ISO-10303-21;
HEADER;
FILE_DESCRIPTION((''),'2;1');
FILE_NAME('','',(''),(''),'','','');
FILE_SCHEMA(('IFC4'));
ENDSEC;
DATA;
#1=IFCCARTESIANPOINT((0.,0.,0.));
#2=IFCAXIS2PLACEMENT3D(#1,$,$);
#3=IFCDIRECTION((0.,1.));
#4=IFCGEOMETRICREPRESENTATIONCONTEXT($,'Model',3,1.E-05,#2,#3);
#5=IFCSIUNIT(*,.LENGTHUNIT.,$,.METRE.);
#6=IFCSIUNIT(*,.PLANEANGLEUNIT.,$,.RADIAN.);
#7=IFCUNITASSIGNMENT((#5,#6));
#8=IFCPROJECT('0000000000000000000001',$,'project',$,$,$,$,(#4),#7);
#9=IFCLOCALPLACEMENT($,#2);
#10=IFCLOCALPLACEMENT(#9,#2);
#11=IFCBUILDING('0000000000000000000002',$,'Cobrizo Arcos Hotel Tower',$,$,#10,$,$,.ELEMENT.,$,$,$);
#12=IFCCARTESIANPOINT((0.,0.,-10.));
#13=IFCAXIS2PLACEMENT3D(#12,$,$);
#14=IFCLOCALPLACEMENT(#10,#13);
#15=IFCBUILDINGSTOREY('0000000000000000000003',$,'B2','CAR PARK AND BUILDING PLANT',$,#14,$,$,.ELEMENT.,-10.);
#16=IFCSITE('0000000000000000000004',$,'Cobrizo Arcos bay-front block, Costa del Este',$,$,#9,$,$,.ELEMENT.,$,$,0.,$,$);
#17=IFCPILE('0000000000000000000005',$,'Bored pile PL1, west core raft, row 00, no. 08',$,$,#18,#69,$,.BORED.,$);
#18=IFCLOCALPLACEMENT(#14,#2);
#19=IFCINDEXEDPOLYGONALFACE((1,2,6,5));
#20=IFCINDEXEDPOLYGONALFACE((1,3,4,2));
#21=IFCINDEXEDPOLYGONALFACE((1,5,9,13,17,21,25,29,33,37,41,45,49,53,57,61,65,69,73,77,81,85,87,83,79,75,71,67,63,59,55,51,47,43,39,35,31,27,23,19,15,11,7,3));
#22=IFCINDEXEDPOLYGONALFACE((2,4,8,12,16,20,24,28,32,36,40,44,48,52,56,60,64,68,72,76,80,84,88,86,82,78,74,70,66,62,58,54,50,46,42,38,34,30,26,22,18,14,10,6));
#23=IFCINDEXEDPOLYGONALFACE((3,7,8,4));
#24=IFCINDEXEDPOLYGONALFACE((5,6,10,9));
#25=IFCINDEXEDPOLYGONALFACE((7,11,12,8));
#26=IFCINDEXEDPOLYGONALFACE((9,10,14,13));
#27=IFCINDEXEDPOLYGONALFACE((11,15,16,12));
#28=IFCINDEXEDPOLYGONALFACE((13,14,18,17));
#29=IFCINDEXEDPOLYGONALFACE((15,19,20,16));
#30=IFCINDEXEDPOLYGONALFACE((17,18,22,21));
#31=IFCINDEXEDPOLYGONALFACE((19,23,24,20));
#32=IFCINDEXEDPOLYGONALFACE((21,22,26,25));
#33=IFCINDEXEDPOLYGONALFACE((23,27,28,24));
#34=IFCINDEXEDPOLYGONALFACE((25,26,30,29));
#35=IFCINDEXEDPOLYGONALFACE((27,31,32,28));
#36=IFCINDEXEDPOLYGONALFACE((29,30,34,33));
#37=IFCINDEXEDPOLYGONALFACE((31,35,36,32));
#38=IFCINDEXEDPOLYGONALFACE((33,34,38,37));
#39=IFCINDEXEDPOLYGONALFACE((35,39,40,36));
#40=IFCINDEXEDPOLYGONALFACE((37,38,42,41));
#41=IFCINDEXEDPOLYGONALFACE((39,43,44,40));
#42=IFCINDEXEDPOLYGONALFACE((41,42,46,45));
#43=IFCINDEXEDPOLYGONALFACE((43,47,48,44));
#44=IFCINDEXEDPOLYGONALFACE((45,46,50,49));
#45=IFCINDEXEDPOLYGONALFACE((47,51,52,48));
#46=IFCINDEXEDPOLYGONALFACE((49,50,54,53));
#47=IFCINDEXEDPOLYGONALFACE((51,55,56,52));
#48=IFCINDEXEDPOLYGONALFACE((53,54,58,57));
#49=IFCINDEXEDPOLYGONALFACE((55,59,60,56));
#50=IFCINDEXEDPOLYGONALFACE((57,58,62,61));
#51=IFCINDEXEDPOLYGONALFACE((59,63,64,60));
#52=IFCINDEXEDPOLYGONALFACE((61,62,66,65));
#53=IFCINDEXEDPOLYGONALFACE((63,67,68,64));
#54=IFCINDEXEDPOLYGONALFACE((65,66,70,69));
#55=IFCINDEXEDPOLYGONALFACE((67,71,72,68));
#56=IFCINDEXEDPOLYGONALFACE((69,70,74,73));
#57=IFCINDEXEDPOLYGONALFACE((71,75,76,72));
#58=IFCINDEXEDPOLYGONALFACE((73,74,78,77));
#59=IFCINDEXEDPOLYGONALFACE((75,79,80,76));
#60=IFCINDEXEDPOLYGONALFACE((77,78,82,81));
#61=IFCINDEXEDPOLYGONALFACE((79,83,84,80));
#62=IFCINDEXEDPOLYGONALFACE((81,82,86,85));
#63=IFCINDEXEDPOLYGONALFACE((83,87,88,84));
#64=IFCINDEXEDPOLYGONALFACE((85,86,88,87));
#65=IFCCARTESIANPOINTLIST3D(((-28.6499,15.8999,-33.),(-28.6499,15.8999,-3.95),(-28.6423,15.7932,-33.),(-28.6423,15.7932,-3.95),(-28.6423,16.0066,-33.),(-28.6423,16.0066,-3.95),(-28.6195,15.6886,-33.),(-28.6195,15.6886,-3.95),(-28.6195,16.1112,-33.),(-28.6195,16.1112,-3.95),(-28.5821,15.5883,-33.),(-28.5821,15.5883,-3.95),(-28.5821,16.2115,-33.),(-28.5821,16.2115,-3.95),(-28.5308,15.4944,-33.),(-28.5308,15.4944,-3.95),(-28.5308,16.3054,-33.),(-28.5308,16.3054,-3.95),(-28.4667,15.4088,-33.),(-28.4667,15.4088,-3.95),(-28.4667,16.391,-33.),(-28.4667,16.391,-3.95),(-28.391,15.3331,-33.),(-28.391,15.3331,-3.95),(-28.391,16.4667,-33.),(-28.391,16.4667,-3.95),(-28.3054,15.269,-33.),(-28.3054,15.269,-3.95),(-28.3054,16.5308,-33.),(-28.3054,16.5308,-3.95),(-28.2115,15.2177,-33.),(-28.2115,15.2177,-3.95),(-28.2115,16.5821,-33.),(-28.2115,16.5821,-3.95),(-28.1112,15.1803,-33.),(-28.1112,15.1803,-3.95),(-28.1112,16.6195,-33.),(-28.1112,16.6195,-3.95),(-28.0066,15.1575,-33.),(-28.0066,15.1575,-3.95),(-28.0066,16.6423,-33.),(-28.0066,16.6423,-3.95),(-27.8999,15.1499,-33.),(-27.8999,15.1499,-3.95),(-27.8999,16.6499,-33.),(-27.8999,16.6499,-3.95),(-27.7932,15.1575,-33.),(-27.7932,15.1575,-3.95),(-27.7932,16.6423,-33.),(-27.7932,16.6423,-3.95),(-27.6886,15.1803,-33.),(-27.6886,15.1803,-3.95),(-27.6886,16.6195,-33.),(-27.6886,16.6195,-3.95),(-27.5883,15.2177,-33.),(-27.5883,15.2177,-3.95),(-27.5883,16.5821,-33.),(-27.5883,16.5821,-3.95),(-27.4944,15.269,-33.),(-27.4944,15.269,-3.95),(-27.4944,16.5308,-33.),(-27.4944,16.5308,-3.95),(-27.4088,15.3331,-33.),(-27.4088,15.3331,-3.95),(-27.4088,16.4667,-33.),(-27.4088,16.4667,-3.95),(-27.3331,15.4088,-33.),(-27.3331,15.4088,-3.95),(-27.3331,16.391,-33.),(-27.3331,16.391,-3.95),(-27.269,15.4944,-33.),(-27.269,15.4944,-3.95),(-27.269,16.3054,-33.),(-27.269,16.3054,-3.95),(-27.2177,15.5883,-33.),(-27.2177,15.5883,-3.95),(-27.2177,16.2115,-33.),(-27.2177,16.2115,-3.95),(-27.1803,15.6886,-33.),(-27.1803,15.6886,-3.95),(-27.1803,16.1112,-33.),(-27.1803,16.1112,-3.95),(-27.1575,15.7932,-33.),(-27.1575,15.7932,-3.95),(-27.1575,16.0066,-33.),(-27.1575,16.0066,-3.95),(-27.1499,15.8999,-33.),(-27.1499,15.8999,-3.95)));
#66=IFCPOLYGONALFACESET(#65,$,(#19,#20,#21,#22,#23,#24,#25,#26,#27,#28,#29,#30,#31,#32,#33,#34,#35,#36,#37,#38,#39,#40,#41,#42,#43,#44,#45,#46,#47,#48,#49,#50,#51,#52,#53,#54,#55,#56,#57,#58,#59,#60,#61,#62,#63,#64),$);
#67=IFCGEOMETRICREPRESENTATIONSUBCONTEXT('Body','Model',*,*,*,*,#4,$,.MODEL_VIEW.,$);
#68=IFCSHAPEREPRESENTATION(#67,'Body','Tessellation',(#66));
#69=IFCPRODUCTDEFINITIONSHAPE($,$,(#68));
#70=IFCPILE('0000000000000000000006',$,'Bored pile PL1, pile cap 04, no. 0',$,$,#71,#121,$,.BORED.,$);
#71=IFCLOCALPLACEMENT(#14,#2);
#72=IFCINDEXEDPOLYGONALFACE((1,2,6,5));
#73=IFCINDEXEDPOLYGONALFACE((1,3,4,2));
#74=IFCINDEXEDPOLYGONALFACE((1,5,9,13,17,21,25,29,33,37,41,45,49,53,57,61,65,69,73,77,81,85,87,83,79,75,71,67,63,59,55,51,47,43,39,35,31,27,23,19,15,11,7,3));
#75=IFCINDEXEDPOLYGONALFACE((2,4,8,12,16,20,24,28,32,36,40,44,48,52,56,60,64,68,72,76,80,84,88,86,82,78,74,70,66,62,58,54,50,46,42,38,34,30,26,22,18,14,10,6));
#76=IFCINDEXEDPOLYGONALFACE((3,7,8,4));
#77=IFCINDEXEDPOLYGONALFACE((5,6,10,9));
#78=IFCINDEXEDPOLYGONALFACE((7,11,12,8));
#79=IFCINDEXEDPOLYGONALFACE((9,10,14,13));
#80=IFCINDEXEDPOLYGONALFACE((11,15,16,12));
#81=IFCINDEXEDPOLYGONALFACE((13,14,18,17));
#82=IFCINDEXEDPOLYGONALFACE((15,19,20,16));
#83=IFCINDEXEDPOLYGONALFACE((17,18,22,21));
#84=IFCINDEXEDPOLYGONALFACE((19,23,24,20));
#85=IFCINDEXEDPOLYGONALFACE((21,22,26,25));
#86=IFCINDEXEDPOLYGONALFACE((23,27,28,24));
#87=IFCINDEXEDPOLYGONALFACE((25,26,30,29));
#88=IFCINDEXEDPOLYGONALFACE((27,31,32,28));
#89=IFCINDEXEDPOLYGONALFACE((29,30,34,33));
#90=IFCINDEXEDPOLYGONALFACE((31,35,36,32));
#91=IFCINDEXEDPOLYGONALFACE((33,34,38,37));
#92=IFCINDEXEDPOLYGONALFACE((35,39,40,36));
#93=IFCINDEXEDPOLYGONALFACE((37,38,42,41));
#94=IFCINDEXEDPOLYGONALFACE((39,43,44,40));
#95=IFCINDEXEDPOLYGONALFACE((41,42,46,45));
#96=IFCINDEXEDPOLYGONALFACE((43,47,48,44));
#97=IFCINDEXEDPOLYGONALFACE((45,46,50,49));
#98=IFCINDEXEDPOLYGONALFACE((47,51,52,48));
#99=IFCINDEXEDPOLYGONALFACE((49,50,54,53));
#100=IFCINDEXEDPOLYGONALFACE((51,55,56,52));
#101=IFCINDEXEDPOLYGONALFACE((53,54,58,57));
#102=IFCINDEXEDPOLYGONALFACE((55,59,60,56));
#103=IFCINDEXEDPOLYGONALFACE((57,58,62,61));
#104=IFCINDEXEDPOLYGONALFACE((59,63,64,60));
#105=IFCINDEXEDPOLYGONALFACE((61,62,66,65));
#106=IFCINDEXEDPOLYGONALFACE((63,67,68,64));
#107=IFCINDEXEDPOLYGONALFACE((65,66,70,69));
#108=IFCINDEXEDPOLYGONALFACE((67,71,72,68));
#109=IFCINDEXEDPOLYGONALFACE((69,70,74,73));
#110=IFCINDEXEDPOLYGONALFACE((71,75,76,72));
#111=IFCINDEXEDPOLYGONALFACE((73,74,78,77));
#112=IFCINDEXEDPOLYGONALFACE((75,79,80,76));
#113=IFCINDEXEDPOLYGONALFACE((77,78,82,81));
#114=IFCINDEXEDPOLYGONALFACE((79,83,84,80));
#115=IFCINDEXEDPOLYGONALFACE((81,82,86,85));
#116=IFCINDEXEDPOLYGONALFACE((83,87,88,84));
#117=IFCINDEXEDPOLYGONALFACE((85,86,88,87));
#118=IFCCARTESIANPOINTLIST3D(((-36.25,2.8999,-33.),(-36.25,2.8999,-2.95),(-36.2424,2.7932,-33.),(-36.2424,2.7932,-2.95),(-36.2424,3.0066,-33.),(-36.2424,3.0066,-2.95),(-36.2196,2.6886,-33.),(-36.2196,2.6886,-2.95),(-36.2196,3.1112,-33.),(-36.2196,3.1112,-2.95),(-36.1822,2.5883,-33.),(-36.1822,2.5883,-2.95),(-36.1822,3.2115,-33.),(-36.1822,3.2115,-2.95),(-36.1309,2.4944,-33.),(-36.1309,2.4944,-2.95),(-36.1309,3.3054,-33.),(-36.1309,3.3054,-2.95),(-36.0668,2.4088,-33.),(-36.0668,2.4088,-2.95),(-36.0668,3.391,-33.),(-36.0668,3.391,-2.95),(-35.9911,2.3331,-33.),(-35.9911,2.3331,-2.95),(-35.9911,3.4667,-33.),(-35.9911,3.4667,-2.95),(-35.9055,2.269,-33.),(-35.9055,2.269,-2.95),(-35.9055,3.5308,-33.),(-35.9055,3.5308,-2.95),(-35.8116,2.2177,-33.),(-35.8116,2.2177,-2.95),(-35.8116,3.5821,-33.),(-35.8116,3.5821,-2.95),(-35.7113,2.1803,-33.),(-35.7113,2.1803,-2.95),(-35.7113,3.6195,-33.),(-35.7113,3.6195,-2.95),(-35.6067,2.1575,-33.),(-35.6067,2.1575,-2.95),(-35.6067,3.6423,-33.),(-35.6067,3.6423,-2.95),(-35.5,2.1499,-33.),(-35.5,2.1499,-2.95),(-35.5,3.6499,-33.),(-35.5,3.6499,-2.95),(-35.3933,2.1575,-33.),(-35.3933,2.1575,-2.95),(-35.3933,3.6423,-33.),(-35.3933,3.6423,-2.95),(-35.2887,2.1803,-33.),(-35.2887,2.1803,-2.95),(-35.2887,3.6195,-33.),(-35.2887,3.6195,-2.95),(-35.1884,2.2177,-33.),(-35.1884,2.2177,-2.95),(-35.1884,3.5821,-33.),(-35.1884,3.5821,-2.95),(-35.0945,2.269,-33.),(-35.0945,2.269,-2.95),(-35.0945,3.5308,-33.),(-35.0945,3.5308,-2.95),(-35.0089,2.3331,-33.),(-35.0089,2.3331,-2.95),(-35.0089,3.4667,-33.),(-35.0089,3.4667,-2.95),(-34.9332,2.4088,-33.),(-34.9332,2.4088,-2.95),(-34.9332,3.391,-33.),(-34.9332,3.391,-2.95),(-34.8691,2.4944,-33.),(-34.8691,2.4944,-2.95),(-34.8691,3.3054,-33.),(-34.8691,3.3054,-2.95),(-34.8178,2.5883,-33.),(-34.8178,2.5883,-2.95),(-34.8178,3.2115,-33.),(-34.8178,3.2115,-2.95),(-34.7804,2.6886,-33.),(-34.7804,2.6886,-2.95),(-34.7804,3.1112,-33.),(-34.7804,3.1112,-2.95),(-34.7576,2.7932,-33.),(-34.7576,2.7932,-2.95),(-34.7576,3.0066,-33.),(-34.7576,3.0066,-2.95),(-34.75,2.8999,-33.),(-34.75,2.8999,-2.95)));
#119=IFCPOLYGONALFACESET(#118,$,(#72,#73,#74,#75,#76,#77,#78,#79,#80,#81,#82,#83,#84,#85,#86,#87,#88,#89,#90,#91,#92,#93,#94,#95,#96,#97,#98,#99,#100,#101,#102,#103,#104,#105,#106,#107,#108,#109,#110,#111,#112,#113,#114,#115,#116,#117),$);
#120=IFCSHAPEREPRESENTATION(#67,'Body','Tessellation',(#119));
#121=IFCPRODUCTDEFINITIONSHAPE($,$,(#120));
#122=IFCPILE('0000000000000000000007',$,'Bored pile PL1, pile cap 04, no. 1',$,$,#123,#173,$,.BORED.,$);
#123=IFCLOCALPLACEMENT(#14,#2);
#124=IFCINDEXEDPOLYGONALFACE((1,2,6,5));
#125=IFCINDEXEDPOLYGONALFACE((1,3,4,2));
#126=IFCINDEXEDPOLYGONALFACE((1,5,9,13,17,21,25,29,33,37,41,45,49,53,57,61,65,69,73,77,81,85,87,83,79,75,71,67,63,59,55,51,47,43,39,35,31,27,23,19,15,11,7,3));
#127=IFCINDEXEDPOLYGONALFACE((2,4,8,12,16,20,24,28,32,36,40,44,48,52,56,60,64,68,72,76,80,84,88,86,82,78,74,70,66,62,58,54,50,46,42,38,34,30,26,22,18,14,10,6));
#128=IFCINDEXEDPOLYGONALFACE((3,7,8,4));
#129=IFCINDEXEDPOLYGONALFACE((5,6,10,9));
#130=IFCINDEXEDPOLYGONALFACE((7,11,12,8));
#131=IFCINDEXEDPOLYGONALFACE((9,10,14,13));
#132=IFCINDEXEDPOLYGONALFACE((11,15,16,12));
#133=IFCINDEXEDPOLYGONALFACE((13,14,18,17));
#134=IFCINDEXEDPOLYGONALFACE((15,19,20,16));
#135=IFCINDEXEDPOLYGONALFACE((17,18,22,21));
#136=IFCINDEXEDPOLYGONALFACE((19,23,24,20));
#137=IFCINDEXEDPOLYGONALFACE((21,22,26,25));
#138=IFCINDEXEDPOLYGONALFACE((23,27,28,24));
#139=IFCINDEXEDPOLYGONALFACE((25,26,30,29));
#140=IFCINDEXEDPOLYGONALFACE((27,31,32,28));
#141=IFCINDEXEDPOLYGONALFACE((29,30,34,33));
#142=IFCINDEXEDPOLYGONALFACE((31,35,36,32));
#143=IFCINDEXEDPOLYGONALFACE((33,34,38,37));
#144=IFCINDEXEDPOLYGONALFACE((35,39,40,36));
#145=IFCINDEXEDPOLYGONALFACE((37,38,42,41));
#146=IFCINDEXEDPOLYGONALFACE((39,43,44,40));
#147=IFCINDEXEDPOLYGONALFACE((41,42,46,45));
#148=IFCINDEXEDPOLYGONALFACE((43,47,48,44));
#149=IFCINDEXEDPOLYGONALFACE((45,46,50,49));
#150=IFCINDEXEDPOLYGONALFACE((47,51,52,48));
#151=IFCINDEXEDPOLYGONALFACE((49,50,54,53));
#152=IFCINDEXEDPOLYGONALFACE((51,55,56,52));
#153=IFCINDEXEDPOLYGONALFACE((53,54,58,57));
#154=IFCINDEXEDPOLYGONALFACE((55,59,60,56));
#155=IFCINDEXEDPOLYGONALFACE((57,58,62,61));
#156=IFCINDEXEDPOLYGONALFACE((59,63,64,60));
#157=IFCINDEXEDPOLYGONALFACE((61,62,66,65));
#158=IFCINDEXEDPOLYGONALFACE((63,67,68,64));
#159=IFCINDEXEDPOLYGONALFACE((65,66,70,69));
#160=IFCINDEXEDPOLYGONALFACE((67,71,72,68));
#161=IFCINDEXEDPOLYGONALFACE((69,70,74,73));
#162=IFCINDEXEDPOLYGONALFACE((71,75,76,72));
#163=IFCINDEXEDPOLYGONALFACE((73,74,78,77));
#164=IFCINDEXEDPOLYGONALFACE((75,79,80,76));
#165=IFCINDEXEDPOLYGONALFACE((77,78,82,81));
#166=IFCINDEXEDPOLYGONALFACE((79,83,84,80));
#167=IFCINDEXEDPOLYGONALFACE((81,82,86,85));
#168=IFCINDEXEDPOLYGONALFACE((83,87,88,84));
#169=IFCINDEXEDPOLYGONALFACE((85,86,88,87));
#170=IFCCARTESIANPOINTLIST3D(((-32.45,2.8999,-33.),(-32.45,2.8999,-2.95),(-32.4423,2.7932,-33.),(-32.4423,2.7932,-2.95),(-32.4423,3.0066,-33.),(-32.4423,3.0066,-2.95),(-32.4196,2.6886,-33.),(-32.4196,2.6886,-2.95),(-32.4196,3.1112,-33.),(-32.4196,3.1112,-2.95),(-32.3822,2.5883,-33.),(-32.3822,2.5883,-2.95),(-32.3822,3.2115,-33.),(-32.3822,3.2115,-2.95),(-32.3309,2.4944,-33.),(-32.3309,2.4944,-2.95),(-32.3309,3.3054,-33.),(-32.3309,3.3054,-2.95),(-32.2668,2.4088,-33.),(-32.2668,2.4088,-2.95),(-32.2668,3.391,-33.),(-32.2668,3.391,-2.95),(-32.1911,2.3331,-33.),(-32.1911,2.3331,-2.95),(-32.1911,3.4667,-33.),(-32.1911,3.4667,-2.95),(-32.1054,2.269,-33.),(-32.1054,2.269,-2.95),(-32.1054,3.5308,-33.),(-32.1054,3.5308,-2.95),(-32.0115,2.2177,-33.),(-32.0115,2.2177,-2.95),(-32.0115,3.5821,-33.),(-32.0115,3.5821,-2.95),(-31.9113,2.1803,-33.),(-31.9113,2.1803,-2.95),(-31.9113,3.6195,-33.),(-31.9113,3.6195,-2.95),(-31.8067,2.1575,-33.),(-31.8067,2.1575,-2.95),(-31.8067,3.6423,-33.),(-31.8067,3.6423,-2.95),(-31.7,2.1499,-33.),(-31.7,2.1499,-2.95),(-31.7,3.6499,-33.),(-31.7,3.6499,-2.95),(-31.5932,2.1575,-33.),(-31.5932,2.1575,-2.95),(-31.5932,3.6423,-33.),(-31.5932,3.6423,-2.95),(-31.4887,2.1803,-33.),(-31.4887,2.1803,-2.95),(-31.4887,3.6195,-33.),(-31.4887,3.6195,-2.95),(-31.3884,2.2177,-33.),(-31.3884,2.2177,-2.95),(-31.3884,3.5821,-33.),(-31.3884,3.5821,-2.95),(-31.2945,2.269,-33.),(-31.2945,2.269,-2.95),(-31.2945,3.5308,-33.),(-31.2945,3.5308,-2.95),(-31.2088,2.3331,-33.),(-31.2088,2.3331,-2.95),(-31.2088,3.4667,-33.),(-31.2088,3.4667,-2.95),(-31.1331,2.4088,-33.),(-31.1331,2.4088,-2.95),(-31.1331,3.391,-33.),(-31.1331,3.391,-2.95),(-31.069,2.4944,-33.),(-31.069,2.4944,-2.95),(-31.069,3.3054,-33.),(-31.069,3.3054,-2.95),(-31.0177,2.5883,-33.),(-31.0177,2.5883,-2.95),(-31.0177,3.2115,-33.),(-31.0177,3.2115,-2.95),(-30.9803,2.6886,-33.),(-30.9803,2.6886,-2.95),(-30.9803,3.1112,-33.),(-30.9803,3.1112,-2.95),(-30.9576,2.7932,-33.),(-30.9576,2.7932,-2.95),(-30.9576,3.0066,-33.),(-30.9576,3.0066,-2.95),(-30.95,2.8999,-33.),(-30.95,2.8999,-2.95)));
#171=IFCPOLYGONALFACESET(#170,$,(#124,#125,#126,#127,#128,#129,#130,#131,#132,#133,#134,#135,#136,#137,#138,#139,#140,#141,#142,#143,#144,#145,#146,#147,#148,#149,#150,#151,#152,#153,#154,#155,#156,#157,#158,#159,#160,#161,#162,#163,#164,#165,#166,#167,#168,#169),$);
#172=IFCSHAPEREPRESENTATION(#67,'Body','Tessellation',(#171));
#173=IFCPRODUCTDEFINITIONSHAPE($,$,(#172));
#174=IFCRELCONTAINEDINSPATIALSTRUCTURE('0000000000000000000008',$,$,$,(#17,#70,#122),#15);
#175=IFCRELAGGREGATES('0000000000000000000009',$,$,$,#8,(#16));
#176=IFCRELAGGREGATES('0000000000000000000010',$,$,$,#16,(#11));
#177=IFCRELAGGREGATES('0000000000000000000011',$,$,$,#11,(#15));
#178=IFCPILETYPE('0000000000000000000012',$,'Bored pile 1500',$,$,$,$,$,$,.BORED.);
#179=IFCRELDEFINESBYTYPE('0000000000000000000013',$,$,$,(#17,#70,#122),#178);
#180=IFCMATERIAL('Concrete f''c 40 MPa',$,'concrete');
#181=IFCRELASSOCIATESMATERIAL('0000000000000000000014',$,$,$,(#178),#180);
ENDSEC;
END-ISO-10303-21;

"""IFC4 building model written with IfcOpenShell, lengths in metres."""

from ifc_helpers import new_model, si_unit, direction, frame, origin, origin_2d, place, context, subcontext, project, spatial, circle, extrude, material, material_profile, profile_set, type_object, element, save


model = new_model("IFC4")

# Units and contexts
model_context = context("Model", 3, precision=1e-05, world=origin(), true_north=direction((0.0, 1.0)))
body_context = subcontext(model_context, "Body", "Model", "MODEL_VIEW")
ifc_project = project(units=[si_unit("LENGTHUNIT", "METRE"), si_unit("PLANEANGLEUNIT", "RADIAN")], contexts=[model_context])

# Site, building, storey
site_placement = place(None, origin())
site = spatial("IfcSite", under=ifc_project, at=site_placement, Name="Cobrizo Arcos bay-front block, Costa del Este", CompositionType="ELEMENT", RefElevation=0.0)
building_placement = place(site_placement, origin())
building = spatial("IfcBuilding", under=site, at=building_placement, Name="Cobrizo Arcos Hotel Tower", CompositionType="ELEMENT")
storey_placement = place(building_placement, frame((0.0, 0.0, -10.0)))
storey = spatial("IfcBuildingStorey", under=building, at=storey_placement, Name="B2", Description="CAR PARK AND BUILDING PLANT", CompositionType="ELEMENT", Elevation=-10.0)

# Piles
ifc_material_1 = material(Name="Concrete f'c 40 MPa", Category="concrete")
ifc_material_profile_1 = material_profile(ifc_material_1, circle(Radius=0.75, at=origin_2d()), Name="BORED PILE 1500")
ifc_profile_set_1 = profile_set([ifc_material_profile_1], Name="Concrete f'c 40 MPa")
pile_type = type_object("IfcPileType", Name="Bored pile 1500", PredefinedType="BORED", material=ifc_profile_set_1)
for number, where, z_axis, x_axis, name in (
    (1, (-27.8999, 15.8999, -3.95), (0.0, 0.0, -1.0), (1.0, 0.0, 0.0), "Bored pile PL1, west core raft, row 00, no. 08"),
):
    element("IfcPile", number, at=place(storey_placement, frame(where, z_axis=z_axis, x_axis=x_axis)), inside=storey, type_object=pile_type, Name=name, PredefinedType="BORED", context=body_context, shape_type="SweptSolid", body=[
        extrude(circle(Radius=0.75, at=origin_2d()), origin(), (0.0, 0.0, 1.0), 29.05),
    ])
for number, where, z_axis, x_axis, name in (
    (2, (-35.5, 2.8999, -2.95), (0.0, 0.0, -1.0), (1.0, 0.0, 0.0), "Bored pile PL1, pile cap 04, no. 0"),
    (3, (-31.7, 2.8999, -2.95), (0.0, 0.0, -1.0), (1.0, 0.0, 0.0), "Bored pile PL1, pile cap 04, no. 1"),
):
    element("IfcPile", number, at=place(storey_placement, frame(where, z_axis=z_axis, x_axis=x_axis)), inside=storey, type_object=pile_type, Name=name, PredefinedType="BORED", context=body_context, shape_type="SweptSolid", body=[
        extrude(circle(Radius=0.75, at=origin_2d()), origin(), (0.0, 0.0, 1.0), 30.05),
    ])

save(model, "model.ifc")
